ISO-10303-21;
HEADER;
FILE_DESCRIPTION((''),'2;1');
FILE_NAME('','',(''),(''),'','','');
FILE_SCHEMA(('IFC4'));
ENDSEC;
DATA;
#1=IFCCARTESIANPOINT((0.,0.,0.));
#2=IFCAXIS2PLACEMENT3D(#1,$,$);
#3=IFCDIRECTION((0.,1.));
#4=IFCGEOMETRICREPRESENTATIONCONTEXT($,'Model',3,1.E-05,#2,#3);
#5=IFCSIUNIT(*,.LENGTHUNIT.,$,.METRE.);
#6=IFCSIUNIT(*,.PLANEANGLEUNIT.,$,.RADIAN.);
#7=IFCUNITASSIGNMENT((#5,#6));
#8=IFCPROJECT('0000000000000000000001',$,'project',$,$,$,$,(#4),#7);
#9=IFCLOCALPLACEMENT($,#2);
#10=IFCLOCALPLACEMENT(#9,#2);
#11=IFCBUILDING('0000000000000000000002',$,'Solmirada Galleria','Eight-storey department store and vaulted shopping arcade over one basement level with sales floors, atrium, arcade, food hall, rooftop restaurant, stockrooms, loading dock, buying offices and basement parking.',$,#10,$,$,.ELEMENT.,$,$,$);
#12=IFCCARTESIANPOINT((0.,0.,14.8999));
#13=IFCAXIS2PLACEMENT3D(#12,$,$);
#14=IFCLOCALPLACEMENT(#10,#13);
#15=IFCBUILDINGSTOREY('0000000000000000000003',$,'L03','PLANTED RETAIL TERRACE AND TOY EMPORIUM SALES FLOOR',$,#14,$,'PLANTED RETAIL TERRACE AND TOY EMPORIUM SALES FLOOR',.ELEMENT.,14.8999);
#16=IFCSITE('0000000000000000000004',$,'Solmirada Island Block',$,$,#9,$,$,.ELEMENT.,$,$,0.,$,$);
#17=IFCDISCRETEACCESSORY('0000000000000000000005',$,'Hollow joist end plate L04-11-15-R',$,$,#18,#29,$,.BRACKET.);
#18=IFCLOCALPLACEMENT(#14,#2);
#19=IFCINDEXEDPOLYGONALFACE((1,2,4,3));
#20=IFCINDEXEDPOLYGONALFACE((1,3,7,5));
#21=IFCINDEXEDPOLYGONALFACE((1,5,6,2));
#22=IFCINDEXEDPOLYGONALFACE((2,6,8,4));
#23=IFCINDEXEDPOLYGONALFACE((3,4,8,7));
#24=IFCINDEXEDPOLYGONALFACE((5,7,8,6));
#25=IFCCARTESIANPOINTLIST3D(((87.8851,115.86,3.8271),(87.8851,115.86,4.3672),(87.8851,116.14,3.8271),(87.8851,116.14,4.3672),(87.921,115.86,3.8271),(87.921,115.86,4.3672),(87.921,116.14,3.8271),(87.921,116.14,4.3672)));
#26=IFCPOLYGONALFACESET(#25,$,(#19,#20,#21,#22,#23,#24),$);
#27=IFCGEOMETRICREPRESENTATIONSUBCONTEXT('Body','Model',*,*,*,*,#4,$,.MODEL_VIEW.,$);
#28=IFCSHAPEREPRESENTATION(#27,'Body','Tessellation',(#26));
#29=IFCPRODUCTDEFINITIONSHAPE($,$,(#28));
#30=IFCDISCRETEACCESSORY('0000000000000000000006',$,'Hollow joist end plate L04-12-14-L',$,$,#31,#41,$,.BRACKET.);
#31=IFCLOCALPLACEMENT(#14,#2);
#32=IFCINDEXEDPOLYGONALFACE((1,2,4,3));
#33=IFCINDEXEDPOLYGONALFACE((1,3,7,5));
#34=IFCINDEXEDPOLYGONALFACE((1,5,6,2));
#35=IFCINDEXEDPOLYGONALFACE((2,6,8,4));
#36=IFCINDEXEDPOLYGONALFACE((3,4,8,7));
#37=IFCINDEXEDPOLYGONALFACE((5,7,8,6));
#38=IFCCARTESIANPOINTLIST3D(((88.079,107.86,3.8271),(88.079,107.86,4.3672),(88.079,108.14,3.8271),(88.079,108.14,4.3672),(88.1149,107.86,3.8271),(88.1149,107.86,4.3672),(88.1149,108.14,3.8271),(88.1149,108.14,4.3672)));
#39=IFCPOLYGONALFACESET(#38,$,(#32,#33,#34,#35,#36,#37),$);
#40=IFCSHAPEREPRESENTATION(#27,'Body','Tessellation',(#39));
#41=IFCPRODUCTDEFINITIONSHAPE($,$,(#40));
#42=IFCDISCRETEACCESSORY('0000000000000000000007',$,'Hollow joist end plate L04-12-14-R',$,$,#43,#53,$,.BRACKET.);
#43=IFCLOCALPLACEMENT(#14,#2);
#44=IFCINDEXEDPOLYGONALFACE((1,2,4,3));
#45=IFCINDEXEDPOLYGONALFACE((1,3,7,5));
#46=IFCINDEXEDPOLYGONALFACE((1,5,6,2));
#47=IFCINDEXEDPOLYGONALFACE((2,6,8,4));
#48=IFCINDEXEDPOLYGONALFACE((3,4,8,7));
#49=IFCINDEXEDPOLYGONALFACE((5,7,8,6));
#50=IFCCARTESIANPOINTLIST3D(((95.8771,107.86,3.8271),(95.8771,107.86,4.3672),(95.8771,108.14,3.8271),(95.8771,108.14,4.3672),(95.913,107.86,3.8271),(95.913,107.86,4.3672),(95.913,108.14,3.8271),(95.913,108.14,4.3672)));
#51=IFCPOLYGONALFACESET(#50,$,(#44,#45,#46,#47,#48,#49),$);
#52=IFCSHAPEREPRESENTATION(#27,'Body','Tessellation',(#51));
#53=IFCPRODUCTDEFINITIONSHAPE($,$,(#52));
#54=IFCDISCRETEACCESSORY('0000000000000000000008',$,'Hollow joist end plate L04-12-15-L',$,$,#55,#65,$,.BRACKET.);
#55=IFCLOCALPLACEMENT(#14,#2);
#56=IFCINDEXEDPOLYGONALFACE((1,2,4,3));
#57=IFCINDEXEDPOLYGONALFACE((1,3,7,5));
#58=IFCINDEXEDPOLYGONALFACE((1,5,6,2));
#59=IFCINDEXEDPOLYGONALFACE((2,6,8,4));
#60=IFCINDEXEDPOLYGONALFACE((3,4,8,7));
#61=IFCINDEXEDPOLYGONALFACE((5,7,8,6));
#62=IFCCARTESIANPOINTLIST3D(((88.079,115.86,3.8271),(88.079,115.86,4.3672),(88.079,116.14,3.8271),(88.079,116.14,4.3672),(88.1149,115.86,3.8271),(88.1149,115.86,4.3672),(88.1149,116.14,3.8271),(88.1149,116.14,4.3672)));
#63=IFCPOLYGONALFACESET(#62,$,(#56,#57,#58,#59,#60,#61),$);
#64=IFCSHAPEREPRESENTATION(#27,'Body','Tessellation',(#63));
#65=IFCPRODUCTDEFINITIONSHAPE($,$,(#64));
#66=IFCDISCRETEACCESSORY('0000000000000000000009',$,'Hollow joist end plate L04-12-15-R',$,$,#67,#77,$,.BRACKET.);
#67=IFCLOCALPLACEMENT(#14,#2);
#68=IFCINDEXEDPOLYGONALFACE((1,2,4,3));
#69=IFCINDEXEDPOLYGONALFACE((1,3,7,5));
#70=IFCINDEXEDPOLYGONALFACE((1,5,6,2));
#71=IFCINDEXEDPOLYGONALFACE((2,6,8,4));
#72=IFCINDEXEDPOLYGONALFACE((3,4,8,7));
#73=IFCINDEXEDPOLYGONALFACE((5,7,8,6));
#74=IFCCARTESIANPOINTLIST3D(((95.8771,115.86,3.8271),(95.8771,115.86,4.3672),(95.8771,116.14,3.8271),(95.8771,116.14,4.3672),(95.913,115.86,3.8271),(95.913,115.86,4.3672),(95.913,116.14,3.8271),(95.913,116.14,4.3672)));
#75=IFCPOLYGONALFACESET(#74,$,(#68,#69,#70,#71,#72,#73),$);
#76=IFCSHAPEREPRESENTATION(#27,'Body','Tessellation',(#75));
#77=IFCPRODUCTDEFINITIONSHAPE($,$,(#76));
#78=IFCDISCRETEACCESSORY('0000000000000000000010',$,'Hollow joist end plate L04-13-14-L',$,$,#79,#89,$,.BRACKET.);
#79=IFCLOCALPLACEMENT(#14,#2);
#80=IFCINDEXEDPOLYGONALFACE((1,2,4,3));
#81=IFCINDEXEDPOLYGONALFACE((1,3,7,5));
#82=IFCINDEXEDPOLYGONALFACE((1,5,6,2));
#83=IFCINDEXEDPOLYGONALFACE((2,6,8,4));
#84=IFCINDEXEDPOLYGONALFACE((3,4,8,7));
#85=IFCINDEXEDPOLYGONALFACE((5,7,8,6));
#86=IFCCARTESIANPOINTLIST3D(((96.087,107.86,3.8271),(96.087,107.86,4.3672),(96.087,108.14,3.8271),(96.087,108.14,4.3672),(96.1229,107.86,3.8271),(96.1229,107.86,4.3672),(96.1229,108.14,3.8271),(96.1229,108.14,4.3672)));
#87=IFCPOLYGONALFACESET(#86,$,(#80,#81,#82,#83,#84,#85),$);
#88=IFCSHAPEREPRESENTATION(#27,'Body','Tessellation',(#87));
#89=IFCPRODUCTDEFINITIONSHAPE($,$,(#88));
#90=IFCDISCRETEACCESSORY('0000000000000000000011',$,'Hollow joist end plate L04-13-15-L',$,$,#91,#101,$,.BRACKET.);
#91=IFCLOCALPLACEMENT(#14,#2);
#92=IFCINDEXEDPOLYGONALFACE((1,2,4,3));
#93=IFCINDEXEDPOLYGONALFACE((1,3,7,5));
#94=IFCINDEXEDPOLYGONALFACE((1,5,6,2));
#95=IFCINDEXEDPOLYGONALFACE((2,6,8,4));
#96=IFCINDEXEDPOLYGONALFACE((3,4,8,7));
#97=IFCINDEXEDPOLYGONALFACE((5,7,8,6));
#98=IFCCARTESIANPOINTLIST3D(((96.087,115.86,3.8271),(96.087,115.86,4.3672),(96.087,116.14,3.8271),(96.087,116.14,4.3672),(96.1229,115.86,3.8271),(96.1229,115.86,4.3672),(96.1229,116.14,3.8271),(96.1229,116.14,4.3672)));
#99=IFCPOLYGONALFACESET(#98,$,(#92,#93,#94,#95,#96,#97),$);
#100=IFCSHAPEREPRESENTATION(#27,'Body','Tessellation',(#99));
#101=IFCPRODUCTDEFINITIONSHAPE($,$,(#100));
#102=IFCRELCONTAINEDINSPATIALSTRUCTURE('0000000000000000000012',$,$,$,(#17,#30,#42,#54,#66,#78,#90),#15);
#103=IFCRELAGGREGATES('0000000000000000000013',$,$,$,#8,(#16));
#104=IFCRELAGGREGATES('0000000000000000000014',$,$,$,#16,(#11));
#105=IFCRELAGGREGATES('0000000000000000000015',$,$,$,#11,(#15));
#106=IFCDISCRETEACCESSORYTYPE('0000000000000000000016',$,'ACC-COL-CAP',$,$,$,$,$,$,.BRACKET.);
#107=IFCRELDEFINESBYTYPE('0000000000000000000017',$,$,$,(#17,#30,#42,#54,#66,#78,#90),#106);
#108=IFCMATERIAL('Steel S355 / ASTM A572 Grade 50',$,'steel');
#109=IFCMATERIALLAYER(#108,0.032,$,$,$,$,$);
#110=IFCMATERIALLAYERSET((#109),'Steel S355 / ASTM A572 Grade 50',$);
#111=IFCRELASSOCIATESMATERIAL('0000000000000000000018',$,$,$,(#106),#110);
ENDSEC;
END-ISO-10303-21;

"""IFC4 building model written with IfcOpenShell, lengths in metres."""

from ifc_helpers import new_model, si_unit, direction, frame, origin, origin_2d, place, context, subcontext, project, spatial, rectangle, extrude, material, layer, layer_set, type_object, element, save


model = new_model("IFC4")

# Units and contexts
model_context = context("Model", 3, precision=1e-05, world=origin(), true_north=direction((0.0, 1.0)))
body_context = subcontext(model_context, "Body", "Model", "MODEL_VIEW")
ifc_project = project(units=[si_unit("LENGTHUNIT", "METRE"), si_unit("PLANEANGLEUNIT", "RADIAN")], contexts=[model_context])

# Site, building, storey
site_placement = place(None, origin())
site = spatial("IfcSite", under=ifc_project, at=site_placement, Name="Solmirada Island Block", CompositionType="ELEMENT", RefElevation=0.0)
building_placement = place(site_placement, origin())
building = spatial("IfcBuilding", under=site, at=building_placement, Name="Solmirada Galleria", Description="Eight-storey department store and vaulted shopping arcade over one basement level with sales floors, atrium, arcade, food hall, rooftop restaurant, stockrooms, loading dock, buying offices and basement parking.", CompositionType="ELEMENT")
storey_placement = place(building_placement, frame((0.0, 0.0, 14.8999)))
storey = spatial("IfcBuildingStorey", under=building, at=storey_placement, Name="L03", Description="PLANTED RETAIL TERRACE AND TOY EMPORIUM SALES FLOOR", LongName="PLANTED RETAIL TERRACE AND TOY EMPORIUM SALES FLOOR", CompositionType="ELEMENT", Elevation=14.8999)

# Discrete accessories
ifc_material_1 = material(Name="Steel S355 / ASTM A572 Grade 50", Category="steel")
ifc_layer_1 = layer(ifc_material_1, 0.032)
ifc_layer_set_1 = layer_set([ifc_layer_1], Name="Steel S355 / ASTM A572 Grade 50")
discrete_accessory_type = type_object("IfcDiscreteAccessoryType", Name="ACC-COL-CAP", PredefinedType="BRACKET", material=ifc_layer_set_1)
for number, where, z_axis, x_axis, name in (
    (1, (87.9031, 116.0, 3.8271), (0.0, 0.0, 1.0), (1.0, 0.0, 0.0), "Hollow joist end plate L04-11-15-R"),
    (2, (88.0969, 108.0, 3.8271), (0.0, 0.0, 1.0), (1.0, 0.0, 0.0), "Hollow joist end plate L04-12-14-L"),
    (3, (95.895, 108.0, 3.8271), (0.0, 0.0, 1.0), (1.0, 0.0, 0.0), "Hollow joist end plate L04-12-14-R"),
    (4, (88.0969, 116.0, 3.8271), (0.0, 0.0, 1.0), (1.0, 0.0, 0.0), "Hollow joist end plate L04-12-15-L"),
    (5, (95.895, 116.0, 3.8271), (0.0, 0.0, 1.0), (1.0, 0.0, 0.0), "Hollow joist end plate L04-12-15-R"),
    (6, (96.105, 108.0, 3.8271), (0.0, 0.0, 1.0), (1.0, 0.0, 0.0), "Hollow joist end plate L04-13-14-L"),
    (7, (96.105, 116.0, 3.8271), (0.0, 0.0, 1.0), (1.0, 0.0, 0.0), "Hollow joist end plate L04-13-15-L"),
):
    element("IfcDiscreteAccessory", number, at=place(storey_placement, frame(where, z_axis=z_axis, x_axis=x_axis)), inside=storey, type_object=discrete_accessory_type, Name=name, PredefinedType="BRACKET", context=body_context, shape_type="SweptSolid", body=[
        extrude(rectangle(XDim=0.0359, YDim=0.28, at=origin_2d()), origin(), (0.0, 0.0, 1.0), 0.54),
    ])

save(model, "model.ifc")
